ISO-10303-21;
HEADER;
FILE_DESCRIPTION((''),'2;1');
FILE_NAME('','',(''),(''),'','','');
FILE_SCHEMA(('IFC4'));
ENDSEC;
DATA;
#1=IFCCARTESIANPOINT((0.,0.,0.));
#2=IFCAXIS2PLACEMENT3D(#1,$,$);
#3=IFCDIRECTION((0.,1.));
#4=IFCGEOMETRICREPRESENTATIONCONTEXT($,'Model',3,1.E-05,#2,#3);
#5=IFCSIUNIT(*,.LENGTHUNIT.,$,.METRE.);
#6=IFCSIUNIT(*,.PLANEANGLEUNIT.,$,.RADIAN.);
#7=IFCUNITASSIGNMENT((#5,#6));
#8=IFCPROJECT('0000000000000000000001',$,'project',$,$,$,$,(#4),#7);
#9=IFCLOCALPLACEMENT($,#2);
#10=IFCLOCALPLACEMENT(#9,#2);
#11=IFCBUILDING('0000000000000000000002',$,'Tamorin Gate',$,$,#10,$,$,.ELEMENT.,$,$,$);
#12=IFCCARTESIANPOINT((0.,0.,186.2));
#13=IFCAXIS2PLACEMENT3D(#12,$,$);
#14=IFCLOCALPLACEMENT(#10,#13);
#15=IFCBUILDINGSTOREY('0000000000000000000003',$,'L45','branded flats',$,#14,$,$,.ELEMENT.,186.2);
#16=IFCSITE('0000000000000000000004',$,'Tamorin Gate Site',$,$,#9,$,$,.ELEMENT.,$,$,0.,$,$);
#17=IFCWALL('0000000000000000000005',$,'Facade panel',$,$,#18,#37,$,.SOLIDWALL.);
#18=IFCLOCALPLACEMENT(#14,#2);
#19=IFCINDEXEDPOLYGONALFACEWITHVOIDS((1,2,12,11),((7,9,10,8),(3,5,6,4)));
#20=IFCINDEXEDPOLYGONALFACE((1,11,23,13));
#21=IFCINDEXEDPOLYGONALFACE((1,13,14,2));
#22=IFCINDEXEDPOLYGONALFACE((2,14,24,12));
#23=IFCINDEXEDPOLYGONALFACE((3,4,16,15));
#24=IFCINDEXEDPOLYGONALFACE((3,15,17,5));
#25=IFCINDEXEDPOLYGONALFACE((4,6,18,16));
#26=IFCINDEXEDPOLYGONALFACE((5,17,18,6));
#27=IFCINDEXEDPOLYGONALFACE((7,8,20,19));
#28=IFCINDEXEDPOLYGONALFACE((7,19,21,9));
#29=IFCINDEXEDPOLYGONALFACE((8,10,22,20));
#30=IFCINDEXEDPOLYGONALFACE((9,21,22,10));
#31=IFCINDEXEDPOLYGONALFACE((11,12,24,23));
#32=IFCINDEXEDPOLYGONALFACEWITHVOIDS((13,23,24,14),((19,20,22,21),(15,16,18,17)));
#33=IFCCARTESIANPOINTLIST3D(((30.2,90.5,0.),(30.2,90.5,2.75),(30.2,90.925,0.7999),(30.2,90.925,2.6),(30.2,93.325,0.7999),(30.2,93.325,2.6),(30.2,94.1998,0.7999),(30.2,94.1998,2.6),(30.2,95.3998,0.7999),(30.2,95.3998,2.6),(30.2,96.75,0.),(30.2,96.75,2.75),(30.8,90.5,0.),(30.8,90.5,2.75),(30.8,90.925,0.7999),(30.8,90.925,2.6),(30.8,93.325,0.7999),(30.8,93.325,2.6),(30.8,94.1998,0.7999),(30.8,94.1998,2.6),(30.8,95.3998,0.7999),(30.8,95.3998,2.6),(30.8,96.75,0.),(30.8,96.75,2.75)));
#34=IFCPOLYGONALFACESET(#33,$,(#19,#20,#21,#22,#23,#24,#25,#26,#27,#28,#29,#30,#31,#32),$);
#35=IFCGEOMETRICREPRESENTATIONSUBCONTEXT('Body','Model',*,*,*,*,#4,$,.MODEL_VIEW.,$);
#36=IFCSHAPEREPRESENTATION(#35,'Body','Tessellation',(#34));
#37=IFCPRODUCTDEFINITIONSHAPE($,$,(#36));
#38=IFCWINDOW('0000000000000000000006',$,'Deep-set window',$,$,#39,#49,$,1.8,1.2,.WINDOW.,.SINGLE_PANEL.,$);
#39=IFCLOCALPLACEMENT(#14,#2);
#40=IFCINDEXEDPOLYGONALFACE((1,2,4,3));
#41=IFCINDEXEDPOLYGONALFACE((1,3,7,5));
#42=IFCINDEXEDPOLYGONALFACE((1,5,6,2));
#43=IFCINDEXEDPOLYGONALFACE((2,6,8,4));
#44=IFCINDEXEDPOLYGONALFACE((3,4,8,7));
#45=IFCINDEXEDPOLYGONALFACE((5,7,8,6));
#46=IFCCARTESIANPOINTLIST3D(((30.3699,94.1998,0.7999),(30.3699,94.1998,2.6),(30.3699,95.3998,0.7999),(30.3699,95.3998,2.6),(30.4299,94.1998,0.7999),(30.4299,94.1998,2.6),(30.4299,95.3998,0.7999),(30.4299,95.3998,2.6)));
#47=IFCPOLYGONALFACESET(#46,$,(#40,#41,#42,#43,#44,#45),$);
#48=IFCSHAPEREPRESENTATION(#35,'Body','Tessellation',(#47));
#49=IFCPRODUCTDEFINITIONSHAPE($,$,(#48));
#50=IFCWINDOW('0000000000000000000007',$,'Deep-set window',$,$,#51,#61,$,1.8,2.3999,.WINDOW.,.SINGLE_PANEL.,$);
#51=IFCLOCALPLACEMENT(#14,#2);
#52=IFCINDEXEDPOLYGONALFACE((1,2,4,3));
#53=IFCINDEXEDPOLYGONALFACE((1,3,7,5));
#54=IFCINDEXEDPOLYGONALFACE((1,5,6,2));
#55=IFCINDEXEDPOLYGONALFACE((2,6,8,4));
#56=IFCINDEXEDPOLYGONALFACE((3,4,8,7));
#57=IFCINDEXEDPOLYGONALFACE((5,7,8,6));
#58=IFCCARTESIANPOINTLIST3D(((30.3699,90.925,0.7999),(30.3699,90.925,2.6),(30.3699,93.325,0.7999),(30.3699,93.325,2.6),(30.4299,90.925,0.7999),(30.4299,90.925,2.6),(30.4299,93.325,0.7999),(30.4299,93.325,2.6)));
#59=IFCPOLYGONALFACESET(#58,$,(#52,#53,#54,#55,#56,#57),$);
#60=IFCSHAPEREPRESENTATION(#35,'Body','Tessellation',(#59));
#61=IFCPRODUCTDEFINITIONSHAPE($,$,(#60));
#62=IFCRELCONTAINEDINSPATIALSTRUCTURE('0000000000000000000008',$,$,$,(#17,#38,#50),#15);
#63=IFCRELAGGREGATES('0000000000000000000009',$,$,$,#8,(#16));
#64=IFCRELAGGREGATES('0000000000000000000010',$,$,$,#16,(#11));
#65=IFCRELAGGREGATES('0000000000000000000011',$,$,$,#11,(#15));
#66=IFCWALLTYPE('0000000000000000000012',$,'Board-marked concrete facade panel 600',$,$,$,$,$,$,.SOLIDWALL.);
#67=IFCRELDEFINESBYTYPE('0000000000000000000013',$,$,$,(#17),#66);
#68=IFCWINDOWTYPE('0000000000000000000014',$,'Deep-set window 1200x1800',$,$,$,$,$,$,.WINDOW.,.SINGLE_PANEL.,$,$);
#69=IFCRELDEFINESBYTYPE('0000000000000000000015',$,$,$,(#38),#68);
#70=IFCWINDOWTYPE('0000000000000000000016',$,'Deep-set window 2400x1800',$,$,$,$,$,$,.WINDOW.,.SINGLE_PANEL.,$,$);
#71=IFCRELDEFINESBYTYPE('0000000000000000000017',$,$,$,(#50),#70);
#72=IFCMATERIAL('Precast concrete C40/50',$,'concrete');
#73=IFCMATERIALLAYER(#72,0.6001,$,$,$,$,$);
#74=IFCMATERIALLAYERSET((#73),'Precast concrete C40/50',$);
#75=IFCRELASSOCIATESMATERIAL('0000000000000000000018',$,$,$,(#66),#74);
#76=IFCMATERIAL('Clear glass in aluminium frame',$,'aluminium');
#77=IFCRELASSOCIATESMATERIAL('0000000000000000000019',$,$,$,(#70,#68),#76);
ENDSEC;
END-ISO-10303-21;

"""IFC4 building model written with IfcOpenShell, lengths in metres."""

from ifc_helpers import new_model, si_unit, direction, frame, frame_2d, origin, place, context, subcontext, project, spatial, rectangle, extrude, material, layer, layer_set, type_object, element, fill, save


model = new_model("IFC4")

# Units and contexts
model_context = context("Model", 3, precision=1e-05, world=origin(), true_north=direction((0.0, 1.0)))
body_context = subcontext(model_context, "Body", "Model", "MODEL_VIEW")
ifc_project = project(units=[si_unit("LENGTHUNIT", "METRE"), si_unit("PLANEANGLEUNIT", "RADIAN")], contexts=[model_context])

# Site, building, storey
site_placement = place(None, origin())
site = spatial("IfcSite", under=ifc_project, at=site_placement, Name="Tamorin Gate Site", CompositionType="ELEMENT", RefElevation=0.0)
building_placement = place(site_placement, origin())
building = spatial("IfcBuilding", under=site, at=building_placement, Name="Tamorin Gate", CompositionType="ELEMENT")
storey_placement = place(building_placement, frame((0.0, 0.0, 186.2)))
storey = spatial("IfcBuildingStorey", under=building, at=storey_placement, Name="L45", Description="branded flats", CompositionType="ELEMENT", Elevation=186.2)

# Shared definitions
ifc_material_1 = material(Name="Precast concrete C40/50", Category="concrete")
ifc_layer = layer(ifc_material_1, 0.6001)
ifc_layer_set = layer_set([ifc_layer], Name="Precast concrete C40/50")
wall_type = type_object("IfcWallType", Name="Board-marked concrete facade panel 600", PredefinedType="SOLIDWALL", material=ifc_layer_set)

# Shared definitions
ifc_material_2 = material(Name="Clear glass in aluminium frame", Category="aluminium")
window_type_1 = type_object("IfcWindowType", Name="Deep-set window 2400x1800", PartitioningType="SINGLE_PANEL", PredefinedType="WINDOW", material=ifc_material_2)

# Wall, openings, windows
wall_1_placement = place(storey_placement, frame((30.5, 96.75, 0.0), z_axis=(0.0, 0.0, 1.0), x_axis=(0.0, -1.0, 0.0)))
wall_1 = element("IfcWall", 1, at=wall_1_placement, inside=storey, type_object=wall_type, Name="Facade panel", PredefinedType="SOLIDWALL", context=body_context, shape_type="SweptSolid", body=[
    extrude(rectangle(XDim=6.25, YDim=0.6001, at=frame_2d((3.125, 0.0))), origin(), (0.0, 0.0, 1.0), 2.75),
])
opening_1_placement = place(wall_1_placement, frame((3.425, 0.0, 0.8)))
opening_1 = element("IfcOpeningElement", 2, at=opening_1_placement, cuts=wall_1, PredefinedType="OPENING", context=body_context, shape_type="SweptSolid", body=[
    extrude(rectangle(XDim=2.3999, YDim=1.8, at=frame_2d((1.2, 0.8999))), frame((0.0, 0.3101, 0.0), z_axis=(0.0, -1.0, 0.0), x_axis=(1.0, 0.0, 0.0)), (0.0, 0.0, 1.0), 0.6201),
])
opening_2_placement = place(wall_1_placement, frame((1.3501, 0.0, 0.8)))
opening_2 = element("IfcOpeningElement", 3, at=opening_2_placement, cuts=wall_1, PredefinedType="OPENING", context=body_context, shape_type="SweptSolid", body=[
    extrude(rectangle(XDim=1.2, YDim=1.8, at=frame_2d((0.6001, 0.8999))), frame((0.0, 0.3101, 0.0), z_axis=(0.0, -1.0, 0.0), x_axis=(1.0, 0.0, 0.0)), (0.0, 0.0, 1.0), 0.6201),
])
window_type_2 = type_object("IfcWindowType", Name="Deep-set window 1200x1800", PartitioningType="SINGLE_PANEL", PredefinedType="WINDOW", material=ifc_material_2)
window_1_placement = place(opening_2_placement, origin())
window_1 = element("IfcWindow", 4, at=window_1_placement, inside=storey, type_object=window_type_2, Name="Deep-set window", OverallHeight=1.8, OverallWidth=1.2, PartitioningType="SINGLE_PANEL", PredefinedType="WINDOW", context=body_context, shape_type="SweptSolid", body=[
    extrude(rectangle(XDim=1.2, YDim=1.8, at=frame_2d((0.6001, 0.8999))), frame((0.0, -0.0701, 0.0), z_axis=(0.0, -1.0, 0.0), x_axis=(1.0, 0.0, 0.0)), (0.0, 0.0, 1.0), 0.0601),
])
fill(opening_2, window_1)
window_2_placement = place(opening_1_placement, origin())
window_2 = element("IfcWindow", 5, at=window_2_placement, inside=storey, type_object=window_type_1, Name="Deep-set window", OverallHeight=1.8, OverallWidth=2.3999, PartitioningType="SINGLE_PANEL", PredefinedType="WINDOW", context=body_context, shape_type="SweptSolid", body=[
    extrude(rectangle(XDim=2.3999, YDim=1.8, at=frame_2d((1.2, 0.8999))), frame((0.0, -0.0701, 0.0), z_axis=(0.0, -1.0, 0.0), x_axis=(1.0, 0.0, 0.0)), (0.0, 0.0, 1.0), 0.0601),
])
fill(opening_1, window_2)

save(model, "model.ifc")
